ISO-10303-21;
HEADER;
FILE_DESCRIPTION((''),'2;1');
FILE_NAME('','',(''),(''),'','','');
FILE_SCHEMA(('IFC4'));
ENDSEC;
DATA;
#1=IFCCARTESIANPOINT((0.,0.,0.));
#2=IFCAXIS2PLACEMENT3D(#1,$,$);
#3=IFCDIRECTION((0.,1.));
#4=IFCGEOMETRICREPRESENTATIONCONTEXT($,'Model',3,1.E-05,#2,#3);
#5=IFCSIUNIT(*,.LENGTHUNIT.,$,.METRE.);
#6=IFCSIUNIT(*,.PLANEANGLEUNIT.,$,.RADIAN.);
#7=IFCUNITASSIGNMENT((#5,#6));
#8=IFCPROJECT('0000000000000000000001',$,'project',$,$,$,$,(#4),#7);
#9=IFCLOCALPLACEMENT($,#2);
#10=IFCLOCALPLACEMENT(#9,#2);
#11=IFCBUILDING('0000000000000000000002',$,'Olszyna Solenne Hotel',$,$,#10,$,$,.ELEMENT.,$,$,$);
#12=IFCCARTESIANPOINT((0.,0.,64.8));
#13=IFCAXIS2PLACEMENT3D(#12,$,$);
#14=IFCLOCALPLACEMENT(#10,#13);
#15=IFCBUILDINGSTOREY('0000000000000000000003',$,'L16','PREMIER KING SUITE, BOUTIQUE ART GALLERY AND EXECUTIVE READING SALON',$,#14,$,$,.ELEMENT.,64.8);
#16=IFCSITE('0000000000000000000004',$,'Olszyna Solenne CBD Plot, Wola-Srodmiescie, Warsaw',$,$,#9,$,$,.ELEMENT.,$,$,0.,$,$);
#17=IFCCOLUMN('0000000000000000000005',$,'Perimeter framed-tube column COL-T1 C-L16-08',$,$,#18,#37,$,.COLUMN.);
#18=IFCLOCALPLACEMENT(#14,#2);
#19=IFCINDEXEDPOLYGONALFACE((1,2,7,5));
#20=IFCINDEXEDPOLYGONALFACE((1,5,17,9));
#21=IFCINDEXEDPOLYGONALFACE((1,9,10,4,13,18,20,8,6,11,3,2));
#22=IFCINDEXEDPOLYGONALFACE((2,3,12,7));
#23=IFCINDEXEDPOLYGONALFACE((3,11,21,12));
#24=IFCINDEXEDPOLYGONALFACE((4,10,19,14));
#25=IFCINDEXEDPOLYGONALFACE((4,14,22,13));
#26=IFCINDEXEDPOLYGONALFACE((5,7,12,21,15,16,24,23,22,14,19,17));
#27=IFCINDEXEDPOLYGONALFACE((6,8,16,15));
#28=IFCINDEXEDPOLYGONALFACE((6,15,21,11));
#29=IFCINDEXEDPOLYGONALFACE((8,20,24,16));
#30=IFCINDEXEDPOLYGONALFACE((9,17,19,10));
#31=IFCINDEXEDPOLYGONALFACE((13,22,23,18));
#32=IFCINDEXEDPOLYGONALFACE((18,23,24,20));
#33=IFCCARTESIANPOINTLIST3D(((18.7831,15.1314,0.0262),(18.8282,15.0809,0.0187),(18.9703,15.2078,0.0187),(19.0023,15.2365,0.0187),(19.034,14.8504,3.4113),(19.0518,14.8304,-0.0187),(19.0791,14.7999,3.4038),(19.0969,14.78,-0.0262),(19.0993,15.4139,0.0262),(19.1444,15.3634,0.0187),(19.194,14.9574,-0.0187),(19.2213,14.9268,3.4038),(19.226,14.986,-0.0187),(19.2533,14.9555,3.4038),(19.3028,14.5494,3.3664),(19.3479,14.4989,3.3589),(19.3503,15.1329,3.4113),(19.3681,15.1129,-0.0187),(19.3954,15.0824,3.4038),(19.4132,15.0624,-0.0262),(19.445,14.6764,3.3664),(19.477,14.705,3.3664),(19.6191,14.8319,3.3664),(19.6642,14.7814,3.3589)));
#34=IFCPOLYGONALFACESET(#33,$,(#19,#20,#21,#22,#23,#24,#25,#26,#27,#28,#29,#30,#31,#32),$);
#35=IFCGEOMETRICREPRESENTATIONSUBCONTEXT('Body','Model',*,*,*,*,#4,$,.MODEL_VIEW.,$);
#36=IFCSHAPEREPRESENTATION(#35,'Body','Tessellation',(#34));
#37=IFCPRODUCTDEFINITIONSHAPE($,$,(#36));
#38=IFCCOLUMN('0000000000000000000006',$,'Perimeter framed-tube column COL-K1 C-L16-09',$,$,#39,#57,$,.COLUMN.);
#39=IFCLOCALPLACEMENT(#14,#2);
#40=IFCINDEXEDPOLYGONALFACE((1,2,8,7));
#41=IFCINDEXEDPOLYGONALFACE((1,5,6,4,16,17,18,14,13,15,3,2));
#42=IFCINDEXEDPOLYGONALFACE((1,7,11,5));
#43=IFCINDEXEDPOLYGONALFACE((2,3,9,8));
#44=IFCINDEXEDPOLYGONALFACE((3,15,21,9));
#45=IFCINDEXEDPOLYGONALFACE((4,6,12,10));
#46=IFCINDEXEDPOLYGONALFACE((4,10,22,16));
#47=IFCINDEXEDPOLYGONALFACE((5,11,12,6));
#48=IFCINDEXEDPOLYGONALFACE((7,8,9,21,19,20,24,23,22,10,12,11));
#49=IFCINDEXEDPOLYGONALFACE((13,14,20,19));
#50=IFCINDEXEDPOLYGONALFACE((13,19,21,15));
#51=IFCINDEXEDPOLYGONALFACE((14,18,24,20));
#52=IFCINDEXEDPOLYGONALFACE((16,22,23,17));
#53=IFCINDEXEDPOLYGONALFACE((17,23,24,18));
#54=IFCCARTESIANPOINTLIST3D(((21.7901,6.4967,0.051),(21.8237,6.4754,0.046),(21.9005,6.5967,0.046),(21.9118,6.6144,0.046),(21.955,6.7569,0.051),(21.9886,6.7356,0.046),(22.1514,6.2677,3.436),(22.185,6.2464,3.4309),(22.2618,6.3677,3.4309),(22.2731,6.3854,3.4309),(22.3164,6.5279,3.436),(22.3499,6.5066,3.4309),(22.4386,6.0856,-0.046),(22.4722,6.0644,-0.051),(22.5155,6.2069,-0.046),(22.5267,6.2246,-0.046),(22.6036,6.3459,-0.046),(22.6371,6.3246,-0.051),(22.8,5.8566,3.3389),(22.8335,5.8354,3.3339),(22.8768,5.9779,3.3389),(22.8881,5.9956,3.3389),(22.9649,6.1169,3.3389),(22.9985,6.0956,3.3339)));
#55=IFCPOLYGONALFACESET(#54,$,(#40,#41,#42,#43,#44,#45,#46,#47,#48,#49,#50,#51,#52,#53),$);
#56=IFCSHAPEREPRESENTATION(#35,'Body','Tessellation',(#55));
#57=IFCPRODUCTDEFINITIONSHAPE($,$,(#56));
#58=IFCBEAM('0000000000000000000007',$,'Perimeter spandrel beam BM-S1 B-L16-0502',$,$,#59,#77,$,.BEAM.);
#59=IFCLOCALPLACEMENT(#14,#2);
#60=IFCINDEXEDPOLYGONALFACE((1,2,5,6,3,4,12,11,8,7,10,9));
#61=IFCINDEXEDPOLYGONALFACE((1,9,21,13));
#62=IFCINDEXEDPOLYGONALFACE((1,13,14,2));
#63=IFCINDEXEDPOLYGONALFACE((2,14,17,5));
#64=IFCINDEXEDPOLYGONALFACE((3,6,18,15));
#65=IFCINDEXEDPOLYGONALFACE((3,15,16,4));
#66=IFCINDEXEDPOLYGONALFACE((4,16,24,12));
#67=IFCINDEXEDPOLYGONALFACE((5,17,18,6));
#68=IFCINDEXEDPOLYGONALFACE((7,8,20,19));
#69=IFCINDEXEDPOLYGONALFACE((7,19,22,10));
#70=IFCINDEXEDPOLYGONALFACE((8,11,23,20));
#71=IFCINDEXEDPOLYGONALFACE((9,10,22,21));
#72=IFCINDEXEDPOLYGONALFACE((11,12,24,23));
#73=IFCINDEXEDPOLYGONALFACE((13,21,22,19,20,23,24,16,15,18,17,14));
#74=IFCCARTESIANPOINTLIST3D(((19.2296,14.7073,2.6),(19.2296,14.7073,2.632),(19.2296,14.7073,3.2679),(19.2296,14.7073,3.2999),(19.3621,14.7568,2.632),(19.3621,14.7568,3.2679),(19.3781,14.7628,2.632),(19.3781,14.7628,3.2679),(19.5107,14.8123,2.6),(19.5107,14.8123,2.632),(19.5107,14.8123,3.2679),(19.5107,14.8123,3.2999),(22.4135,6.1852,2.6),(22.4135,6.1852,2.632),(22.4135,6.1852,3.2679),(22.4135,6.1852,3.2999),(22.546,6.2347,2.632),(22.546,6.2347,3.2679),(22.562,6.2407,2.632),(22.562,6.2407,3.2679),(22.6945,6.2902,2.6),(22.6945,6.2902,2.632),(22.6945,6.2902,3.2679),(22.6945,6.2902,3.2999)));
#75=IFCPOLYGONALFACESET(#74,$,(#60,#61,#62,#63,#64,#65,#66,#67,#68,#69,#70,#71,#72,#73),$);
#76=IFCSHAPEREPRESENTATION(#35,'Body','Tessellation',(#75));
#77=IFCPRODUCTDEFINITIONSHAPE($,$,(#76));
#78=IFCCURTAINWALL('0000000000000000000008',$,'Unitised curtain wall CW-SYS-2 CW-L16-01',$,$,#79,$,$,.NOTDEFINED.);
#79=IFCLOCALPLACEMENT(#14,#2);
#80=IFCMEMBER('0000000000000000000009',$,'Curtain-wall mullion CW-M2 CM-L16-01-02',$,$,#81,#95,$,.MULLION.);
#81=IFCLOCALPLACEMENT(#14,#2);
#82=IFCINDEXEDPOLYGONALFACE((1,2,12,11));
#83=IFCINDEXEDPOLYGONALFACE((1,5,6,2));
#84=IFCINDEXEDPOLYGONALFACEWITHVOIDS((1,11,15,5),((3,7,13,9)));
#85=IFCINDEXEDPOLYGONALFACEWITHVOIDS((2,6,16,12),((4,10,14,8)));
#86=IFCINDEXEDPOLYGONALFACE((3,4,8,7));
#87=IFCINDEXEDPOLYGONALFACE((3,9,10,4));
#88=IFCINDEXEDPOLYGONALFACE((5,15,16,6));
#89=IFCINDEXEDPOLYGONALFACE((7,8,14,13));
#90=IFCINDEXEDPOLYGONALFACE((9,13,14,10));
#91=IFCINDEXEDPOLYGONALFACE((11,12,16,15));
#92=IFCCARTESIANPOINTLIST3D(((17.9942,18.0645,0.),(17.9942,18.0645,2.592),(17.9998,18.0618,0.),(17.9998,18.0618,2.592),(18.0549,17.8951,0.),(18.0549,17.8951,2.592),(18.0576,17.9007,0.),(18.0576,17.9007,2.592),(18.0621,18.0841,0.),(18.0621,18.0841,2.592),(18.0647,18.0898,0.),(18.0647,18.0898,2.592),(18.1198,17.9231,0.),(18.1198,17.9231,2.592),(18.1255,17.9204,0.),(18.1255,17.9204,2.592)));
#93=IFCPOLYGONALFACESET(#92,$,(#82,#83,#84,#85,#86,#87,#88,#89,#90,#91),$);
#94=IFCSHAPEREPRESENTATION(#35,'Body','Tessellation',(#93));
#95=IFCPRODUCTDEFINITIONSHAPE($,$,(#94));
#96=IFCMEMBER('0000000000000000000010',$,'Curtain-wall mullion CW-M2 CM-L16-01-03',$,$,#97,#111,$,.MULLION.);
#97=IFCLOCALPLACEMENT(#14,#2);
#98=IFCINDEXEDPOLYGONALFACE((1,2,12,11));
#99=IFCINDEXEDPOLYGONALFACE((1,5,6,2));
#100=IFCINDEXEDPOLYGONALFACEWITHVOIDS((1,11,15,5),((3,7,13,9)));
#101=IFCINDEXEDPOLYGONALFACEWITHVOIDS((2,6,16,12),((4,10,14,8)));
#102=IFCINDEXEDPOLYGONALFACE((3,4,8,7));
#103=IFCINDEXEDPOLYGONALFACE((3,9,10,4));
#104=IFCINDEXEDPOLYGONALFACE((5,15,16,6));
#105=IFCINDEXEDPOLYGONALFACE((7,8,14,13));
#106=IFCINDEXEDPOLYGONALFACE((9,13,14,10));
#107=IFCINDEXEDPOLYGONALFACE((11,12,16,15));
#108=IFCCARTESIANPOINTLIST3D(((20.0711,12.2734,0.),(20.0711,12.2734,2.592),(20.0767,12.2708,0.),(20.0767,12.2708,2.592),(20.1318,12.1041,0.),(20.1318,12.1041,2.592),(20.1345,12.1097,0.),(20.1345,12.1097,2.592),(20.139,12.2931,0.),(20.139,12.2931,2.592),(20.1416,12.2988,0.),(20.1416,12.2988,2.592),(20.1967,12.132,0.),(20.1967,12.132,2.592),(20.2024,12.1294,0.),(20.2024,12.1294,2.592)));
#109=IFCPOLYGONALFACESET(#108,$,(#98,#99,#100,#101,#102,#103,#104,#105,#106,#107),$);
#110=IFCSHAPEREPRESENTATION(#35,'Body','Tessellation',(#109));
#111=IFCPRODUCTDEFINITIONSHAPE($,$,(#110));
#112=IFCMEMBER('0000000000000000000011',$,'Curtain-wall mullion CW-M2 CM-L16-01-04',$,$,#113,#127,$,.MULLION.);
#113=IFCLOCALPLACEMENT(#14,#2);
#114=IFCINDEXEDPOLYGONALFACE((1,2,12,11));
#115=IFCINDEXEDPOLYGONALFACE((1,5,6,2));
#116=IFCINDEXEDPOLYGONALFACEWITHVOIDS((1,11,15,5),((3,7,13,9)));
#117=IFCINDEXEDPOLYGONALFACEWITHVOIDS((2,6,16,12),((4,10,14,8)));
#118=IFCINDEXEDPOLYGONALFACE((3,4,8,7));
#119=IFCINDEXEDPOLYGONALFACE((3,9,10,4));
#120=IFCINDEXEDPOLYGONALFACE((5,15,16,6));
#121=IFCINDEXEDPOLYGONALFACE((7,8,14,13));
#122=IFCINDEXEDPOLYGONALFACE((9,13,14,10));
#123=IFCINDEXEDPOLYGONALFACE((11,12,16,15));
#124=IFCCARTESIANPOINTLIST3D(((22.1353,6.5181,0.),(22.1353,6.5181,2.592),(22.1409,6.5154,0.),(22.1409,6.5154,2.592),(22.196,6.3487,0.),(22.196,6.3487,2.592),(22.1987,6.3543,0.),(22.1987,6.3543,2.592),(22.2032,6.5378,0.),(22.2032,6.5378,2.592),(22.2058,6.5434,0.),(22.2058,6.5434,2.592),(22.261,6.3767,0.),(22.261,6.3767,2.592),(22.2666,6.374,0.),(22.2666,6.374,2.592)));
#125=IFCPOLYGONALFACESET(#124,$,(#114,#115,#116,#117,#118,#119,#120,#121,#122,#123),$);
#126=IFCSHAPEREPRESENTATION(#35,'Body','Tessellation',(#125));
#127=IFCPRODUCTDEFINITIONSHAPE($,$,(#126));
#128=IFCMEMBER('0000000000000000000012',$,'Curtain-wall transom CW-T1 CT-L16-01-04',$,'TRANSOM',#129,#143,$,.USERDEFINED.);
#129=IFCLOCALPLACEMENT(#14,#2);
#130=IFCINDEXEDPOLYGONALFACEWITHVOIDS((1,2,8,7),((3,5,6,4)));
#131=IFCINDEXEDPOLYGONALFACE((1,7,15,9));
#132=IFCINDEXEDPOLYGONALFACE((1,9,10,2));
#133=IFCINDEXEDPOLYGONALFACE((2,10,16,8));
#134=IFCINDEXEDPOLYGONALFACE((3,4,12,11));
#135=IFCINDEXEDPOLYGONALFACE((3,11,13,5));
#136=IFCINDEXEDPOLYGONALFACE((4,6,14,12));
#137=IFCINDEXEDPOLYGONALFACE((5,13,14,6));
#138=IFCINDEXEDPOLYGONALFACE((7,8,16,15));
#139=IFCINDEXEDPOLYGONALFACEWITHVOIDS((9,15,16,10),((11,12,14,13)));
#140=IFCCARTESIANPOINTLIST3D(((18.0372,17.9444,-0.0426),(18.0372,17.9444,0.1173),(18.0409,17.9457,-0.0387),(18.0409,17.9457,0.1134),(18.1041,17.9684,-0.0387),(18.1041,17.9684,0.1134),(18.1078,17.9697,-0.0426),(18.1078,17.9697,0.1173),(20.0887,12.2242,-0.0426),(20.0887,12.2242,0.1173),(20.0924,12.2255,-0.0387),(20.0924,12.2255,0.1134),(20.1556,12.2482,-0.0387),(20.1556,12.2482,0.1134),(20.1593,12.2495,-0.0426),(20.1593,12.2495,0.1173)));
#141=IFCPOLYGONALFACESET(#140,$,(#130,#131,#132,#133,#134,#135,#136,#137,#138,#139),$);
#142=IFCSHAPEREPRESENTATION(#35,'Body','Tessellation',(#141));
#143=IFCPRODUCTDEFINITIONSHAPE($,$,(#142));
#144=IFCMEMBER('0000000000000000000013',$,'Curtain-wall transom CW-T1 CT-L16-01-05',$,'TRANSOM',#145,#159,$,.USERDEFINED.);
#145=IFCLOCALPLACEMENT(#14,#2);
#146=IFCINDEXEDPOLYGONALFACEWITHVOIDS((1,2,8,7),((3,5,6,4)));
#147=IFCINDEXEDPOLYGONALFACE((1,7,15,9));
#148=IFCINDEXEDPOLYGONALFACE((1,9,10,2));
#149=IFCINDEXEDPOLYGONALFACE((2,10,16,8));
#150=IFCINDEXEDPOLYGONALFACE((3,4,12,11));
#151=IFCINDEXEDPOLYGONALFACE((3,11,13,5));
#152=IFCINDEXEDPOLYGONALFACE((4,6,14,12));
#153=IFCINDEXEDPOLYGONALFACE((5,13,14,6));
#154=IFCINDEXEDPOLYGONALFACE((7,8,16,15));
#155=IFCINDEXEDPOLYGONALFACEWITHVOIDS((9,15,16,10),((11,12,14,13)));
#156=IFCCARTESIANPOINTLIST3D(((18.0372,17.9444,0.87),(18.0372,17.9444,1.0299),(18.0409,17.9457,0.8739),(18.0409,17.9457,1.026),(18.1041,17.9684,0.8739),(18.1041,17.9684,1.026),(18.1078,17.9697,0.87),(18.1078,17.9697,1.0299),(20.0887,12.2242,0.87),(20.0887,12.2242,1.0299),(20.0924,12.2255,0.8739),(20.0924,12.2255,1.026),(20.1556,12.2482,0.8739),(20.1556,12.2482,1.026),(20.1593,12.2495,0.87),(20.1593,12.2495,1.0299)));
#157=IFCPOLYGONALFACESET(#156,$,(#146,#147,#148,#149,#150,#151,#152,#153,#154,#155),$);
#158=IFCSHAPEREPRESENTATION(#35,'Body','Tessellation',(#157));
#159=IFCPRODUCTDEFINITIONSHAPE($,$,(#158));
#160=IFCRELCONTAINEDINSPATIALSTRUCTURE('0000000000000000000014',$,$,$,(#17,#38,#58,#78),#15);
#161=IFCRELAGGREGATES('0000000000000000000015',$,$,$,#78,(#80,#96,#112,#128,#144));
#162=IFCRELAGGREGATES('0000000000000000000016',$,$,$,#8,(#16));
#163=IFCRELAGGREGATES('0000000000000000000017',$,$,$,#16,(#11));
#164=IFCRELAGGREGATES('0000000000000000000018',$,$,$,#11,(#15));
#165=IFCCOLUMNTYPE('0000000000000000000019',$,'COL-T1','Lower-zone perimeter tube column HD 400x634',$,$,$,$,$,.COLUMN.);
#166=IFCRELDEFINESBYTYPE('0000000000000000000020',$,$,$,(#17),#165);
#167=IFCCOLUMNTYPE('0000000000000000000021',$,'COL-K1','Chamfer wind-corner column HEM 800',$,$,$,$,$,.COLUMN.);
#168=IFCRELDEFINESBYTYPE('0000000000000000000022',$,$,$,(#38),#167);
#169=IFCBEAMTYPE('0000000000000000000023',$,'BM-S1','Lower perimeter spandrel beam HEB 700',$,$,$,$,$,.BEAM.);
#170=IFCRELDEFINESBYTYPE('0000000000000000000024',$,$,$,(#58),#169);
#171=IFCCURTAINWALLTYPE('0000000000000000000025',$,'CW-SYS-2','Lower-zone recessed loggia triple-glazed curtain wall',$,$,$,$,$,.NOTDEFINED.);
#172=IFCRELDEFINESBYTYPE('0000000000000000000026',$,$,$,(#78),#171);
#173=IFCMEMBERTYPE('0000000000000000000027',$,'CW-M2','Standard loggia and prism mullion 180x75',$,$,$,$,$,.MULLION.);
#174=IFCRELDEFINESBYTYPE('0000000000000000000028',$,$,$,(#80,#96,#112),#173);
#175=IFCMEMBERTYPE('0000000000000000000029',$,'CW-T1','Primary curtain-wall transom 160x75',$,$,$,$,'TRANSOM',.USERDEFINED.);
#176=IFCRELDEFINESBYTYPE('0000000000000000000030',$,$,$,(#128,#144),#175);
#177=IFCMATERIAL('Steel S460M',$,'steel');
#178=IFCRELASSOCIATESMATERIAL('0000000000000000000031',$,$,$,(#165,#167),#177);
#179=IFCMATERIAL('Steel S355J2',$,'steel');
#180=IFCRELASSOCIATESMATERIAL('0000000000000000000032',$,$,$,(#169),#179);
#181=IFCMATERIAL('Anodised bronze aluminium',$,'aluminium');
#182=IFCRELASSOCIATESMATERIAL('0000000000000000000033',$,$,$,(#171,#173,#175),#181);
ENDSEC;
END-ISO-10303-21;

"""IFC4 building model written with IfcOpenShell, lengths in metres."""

from ifc_helpers import new_model, si_unit, direction, frame, origin, origin_2d, place, context, subcontext, project, spatial, hollow_rectangle, i_section, extrude, source, transform, mapped, material, material_profile, profile_set, type_object, element, aggregate, save


model = new_model("IFC4")

# Units and contexts
model_context = context("Model", 3, precision=1e-05, world=origin(), true_north=direction((0.0, 1.0)))
body_context = subcontext(model_context, "Body", "Model", "MODEL_VIEW")
ifc_project = project(units=[si_unit("LENGTHUNIT", "METRE"), si_unit("PLANEANGLEUNIT", "RADIAN")], contexts=[model_context])

# Site, building, storey
site_placement = place(None, origin())
site = spatial("IfcSite", under=ifc_project, at=site_placement, Name="Olszyna Solenne CBD Plot, Wola-Srodmiescie, Warsaw", CompositionType="ELEMENT", RefElevation=0.0)
building_placement = place(site_placement, origin())
building = spatial("IfcBuilding", under=site, at=building_placement, Name="Olszyna Solenne Hotel", CompositionType="ELEMENT")
storey_placement = place(building_placement, frame((0.0, 0.0, 64.8)))
storey = spatial("IfcBuildingStorey", under=building, at=storey_placement, Name="L16", Description="PREMIER KING SUITE, BOUTIQUE ART GALLERY AND EXECUTIVE READING SALON", CompositionType="ELEMENT", Elevation=64.8)

# Columns
ifc_material_1 = material(Name="Steel S460M", Category="steel")
ifc_material_profile_1 = material_profile(ifc_material_1, i_section(OverallWidth=0.4241, OverallDepth=0.4741, WebThickness=0.043, FlangeThickness=0.0681, at=origin_2d()), Name="HD 400x634", Category="load-bearing")
ifc_profile_set_1 = profile_set([ifc_material_profile_1], Name="Steel S460M")
column_type_1 = type_object("IfcColumnType", Name="COL-T1", Description="Lower-zone perimeter tube column HD 400x634", PredefinedType="COLUMN", material=ifc_profile_set_1)
shared_shape_1 = source(origin(), body_context, "Body", "SweptSolid", [
    extrude(i_section(OverallWidth=0.4241, OverallDepth=0.4741, WebThickness=0.043, FlangeThickness=0.0681, at=origin_2d()), origin(), (0.0, 0.0, 1.0), 3.406),
])
column_1_placement = place(storey_placement, frame((19.0981, 15.0969, 0.0), z_axis=(0.073688, -0.082505, 0.993863), x_axis=(0.745834, 0.666132, 0.0)))
element("IfcColumn", 1, at=column_1_placement, inside=storey, type_object=column_type_1, Name="Perimeter framed-tube column COL-T1 C-L16-08", PredefinedType="COLUMN", context=body_context, shape_type="MappedRepresentation", body=[
    mapped(shared_shape_1, transform((0.0, 0.0, 0.0), x_axis=(1.0, 0.0, 0.0), y_axis=(0.0, 1.0, 0.0), z_axis=(0.0, 0.0, 1.0), scale=1.0)),
])
ifc_material_profile_2 = material_profile(ifc_material_1, i_section(OverallWidth=0.3081, OverallDepth=0.814, WebThickness=0.021, FlangeThickness=0.04, at=origin_2d()), Name="HEM 800", Category="load-bearing")
ifc_profile_set_2 = profile_set([ifc_material_profile_2], Name="Steel S460M")
column_type_2 = type_object("IfcColumnType", Name="COL-K1", Description="Chamfer wind-corner column HEM 800", PredefinedType="COLUMN", material=ifc_profile_set_2)
shared_shape_2 = source(origin(), body_context, "Body", "SweptSolid", [
    extrude(i_section(OverallWidth=0.3081, OverallDepth=0.814, WebThickness=0.021, FlangeThickness=0.04, at=origin_2d()), origin(), (0.0, 0.0, 1.0), 3.4119),
])
column_2_placement = place(storey_placement, frame((22.2136, 6.4106, 0.0), z_axis=(0.105901, -0.067119, 0.992109), x_axis=(0.535324, 0.844647, 0.0)))
element("IfcColumn", 2, at=column_2_placement, inside=storey, type_object=column_type_2, Name="Perimeter framed-tube column COL-K1 C-L16-09", PredefinedType="COLUMN", context=body_context, shape_type="MappedRepresentation", body=[
    mapped(shared_shape_2, transform((0.0, 0.0, 0.0), x_axis=(1.0, 0.0, 0.0), y_axis=(0.0, 1.0, 0.0), z_axis=(0.0, 0.0, 1.0), scale=1.0)),
])

# Beam
ifc_material_2 = material(Name="Steel S355J2", Category="steel")
ifc_material_profile_3 = material_profile(ifc_material_2, i_section(OverallWidth=0.3, OverallDepth=0.7, WebThickness=0.0171, FlangeThickness=0.032, at=origin_2d()), Name="HEB 700", Category="load-bearing")
ifc_profile_set_3 = profile_set([ifc_material_profile_3], Name="Steel S355J2")
beam_type = type_object("IfcBeamType", Name="BM-S1", Description="Lower perimeter spandrel beam HEB 700", PredefinedType="BEAM", material=ifc_profile_set_3)
shared_shape_3 = source(origin(), body_context, "Body", "SweptSolid", [
    extrude(i_section(OverallWidth=0.3, OverallDepth=0.7, WebThickness=0.0171, FlangeThickness=0.032, at=origin_2d()), origin(), (0.0, 0.0, 1.0), 9.0974),
])
beam_placement = place(storey_placement, frame((19.3701, 14.7598, 2.95), z_axis=(0.349976, -0.936759, 0.0), x_axis=(0.936759, 0.349976, 0.0)))
element("IfcBeam", 3, at=beam_placement, inside=storey, type_object=beam_type, Name="Perimeter spandrel beam BM-S1 B-L16-0502", PredefinedType="BEAM", context=body_context, shape_type="MappedRepresentation", body=[
    mapped(shared_shape_3, transform((0.0, 0.0, 0.0), x_axis=(1.0, 0.0, 0.0), y_axis=(0.0, 1.0, 0.0), z_axis=(0.0, 0.0, 1.0), scale=1.0)),
])

# Curtain wall, members
ifc_material_3 = material(Name="Anodised bronze aluminium", Category="aluminium")
curtain_wall_type = type_object("IfcCurtainWallType", Name="CW-SYS-2", Description="Lower-zone recessed loggia triple-glazed curtain wall", PredefinedType="NOTDEFINED", material=ifc_material_3)
curtain_wall_placement = place(storey_placement, origin())
curtain_wall = element("IfcCurtainWall", 4, at=curtain_wall_placement, inside=storey, type_object=curtain_wall_type, Name="Unitised curtain wall CW-SYS-2 CW-L16-01", PredefinedType="NOTDEFINED")
ifc_material_profile_4 = material_profile(ifc_material_3, hollow_rectangle(XDim=0.075, YDim=0.1799, WallThickness=0.0044, at=origin_2d()), Name="MULL 180x75x4.5", Category="load-bearing")
ifc_profile_set_4 = profile_set([ifc_material_profile_4], Name="Anodised bronze aluminium")
member_type_1 = type_object("IfcMemberType", Name="CW-M2", Description="Standard loggia and prism mullion 180x75", PredefinedType="MULLION", material=ifc_profile_set_4)
shared_shape_4 = source(origin(), body_context, "Body", "SweptSolid", [
    extrude(hollow_rectangle(XDim=0.075, YDim=0.1799, WallThickness=0.0044, at=origin_2d()), origin(), (0.0, 0.0, 1.0), 2.592),
])
member_1_placement = place(storey_placement, frame((18.0598, 17.9924, 0.0), z_axis=(0.0, 0.0, 1.0), x_axis=(0.941289, 0.337602, 0.0)))
member_1 = element("IfcMember", 5, at=member_1_placement, type_object=member_type_1, Name="Curtain-wall mullion CW-M2 CM-L16-01-02", PredefinedType="MULLION", context=body_context, shape_type="MappedRepresentation", body=[
    mapped(shared_shape_4, transform((0.0, 0.0, 0.0), x_axis=(1.0, 0.0, 0.0), y_axis=(0.0, 1.0, 0.0), z_axis=(0.0, 0.0, 1.0), scale=1.0)),
])
member_2_placement = place(storey_placement, frame((20.1367, 12.2014, 0.0), z_axis=(0.0, 0.0, 1.0), x_axis=(0.941289, 0.337602, 0.0)))
member_2 = element("IfcMember", 6, at=member_2_placement, type_object=member_type_1, Name="Curtain-wall mullion CW-M2 CM-L16-01-03", PredefinedType="MULLION", context=body_context, shape_type="MappedRepresentation", body=[
    mapped(shared_shape_4, transform((0.0, 0.0, 0.0), x_axis=(1.0, 0.0, 0.0), y_axis=(0.0, 1.0, 0.0), z_axis=(0.0, 0.0, 1.0), scale=1.0)),
])
member_3_placement = place(storey_placement, frame((22.2009, 6.446, 0.0), z_axis=(0.0, 0.0, 1.0), x_axis=(0.941289, 0.337602, 0.0)))
member_3 = element("IfcMember", 7, at=member_3_placement, type_object=member_type_1, Name="Curtain-wall mullion CW-M2 CM-L16-01-04", PredefinedType="MULLION", context=body_context, shape_type="MappedRepresentation", body=[
    mapped(shared_shape_4, transform((0.0, 0.0, 0.0), x_axis=(1.0, 0.0, 0.0), y_axis=(0.0, 1.0, 0.0), z_axis=(0.0, 0.0, 1.0), scale=1.0)),
])
ifc_material_profile_5 = material_profile(ifc_material_3, hollow_rectangle(XDim=0.075, YDim=0.1599, WallThickness=0.0039, at=origin_2d()), Name="TRAN 160x75x4", Category="load-bearing")
ifc_profile_set_5 = profile_set([ifc_material_profile_5], Name="Anodised bronze aluminium")
member_type_2 = type_object("IfcMemberType", Name="CW-T1", Description="Primary curtain-wall transom 160x75", ElementType="TRANSOM", PredefinedType="USERDEFINED", material=ifc_profile_set_5)
shared_shape_5 = source(origin(), body_context, "Body", "SweptSolid", [
    extrude(hollow_rectangle(XDim=0.075, YDim=0.1599, WallThickness=0.0039, at=origin_2d()), origin(), (0.0, 0.0, 1.0), 6.0769),
])
member_4_placement = place(storey_placement, frame((18.0725, 17.957, 0.0374), z_axis=(0.337588, -0.941294, 0.0), x_axis=(0.941294, 0.337588, 0.0)))
member_4 = element("IfcMember", 8, at=member_4_placement, type_object=member_type_2, Name="Curtain-wall transom CW-T1 CT-L16-01-04", ObjectType="TRANSOM", PredefinedType="USERDEFINED", context=body_context, shape_type="MappedRepresentation", body=[
    mapped(shared_shape_5, transform((0.0, 0.0, 0.0), x_axis=(1.0, 0.0, 0.0), y_axis=(0.0, 1.0, 0.0), z_axis=(0.0, 0.0, 1.0), scale=1.0)),
])
member_5_placement = place(storey_placement, frame((18.0725, 17.957, 0.95), z_axis=(0.337588, -0.941294, 0.0), x_axis=(0.941294, 0.337588, 0.0)))
member_5 = element("IfcMember", 9, at=member_5_placement, type_object=member_type_2, Name="Curtain-wall transom CW-T1 CT-L16-01-05", ObjectType="TRANSOM", PredefinedType="USERDEFINED", context=body_context, shape_type="MappedRepresentation", body=[
    mapped(shared_shape_5, transform((0.0, 0.0, 0.0), x_axis=(1.0, 0.0, 0.0), y_axis=(0.0, 1.0, 0.0), z_axis=(0.0, 0.0, 1.0), scale=1.0)),
])

aggregate(curtain_wall, [member_1, member_2, member_3, member_4, member_5])

save(model, "model.ifc")
